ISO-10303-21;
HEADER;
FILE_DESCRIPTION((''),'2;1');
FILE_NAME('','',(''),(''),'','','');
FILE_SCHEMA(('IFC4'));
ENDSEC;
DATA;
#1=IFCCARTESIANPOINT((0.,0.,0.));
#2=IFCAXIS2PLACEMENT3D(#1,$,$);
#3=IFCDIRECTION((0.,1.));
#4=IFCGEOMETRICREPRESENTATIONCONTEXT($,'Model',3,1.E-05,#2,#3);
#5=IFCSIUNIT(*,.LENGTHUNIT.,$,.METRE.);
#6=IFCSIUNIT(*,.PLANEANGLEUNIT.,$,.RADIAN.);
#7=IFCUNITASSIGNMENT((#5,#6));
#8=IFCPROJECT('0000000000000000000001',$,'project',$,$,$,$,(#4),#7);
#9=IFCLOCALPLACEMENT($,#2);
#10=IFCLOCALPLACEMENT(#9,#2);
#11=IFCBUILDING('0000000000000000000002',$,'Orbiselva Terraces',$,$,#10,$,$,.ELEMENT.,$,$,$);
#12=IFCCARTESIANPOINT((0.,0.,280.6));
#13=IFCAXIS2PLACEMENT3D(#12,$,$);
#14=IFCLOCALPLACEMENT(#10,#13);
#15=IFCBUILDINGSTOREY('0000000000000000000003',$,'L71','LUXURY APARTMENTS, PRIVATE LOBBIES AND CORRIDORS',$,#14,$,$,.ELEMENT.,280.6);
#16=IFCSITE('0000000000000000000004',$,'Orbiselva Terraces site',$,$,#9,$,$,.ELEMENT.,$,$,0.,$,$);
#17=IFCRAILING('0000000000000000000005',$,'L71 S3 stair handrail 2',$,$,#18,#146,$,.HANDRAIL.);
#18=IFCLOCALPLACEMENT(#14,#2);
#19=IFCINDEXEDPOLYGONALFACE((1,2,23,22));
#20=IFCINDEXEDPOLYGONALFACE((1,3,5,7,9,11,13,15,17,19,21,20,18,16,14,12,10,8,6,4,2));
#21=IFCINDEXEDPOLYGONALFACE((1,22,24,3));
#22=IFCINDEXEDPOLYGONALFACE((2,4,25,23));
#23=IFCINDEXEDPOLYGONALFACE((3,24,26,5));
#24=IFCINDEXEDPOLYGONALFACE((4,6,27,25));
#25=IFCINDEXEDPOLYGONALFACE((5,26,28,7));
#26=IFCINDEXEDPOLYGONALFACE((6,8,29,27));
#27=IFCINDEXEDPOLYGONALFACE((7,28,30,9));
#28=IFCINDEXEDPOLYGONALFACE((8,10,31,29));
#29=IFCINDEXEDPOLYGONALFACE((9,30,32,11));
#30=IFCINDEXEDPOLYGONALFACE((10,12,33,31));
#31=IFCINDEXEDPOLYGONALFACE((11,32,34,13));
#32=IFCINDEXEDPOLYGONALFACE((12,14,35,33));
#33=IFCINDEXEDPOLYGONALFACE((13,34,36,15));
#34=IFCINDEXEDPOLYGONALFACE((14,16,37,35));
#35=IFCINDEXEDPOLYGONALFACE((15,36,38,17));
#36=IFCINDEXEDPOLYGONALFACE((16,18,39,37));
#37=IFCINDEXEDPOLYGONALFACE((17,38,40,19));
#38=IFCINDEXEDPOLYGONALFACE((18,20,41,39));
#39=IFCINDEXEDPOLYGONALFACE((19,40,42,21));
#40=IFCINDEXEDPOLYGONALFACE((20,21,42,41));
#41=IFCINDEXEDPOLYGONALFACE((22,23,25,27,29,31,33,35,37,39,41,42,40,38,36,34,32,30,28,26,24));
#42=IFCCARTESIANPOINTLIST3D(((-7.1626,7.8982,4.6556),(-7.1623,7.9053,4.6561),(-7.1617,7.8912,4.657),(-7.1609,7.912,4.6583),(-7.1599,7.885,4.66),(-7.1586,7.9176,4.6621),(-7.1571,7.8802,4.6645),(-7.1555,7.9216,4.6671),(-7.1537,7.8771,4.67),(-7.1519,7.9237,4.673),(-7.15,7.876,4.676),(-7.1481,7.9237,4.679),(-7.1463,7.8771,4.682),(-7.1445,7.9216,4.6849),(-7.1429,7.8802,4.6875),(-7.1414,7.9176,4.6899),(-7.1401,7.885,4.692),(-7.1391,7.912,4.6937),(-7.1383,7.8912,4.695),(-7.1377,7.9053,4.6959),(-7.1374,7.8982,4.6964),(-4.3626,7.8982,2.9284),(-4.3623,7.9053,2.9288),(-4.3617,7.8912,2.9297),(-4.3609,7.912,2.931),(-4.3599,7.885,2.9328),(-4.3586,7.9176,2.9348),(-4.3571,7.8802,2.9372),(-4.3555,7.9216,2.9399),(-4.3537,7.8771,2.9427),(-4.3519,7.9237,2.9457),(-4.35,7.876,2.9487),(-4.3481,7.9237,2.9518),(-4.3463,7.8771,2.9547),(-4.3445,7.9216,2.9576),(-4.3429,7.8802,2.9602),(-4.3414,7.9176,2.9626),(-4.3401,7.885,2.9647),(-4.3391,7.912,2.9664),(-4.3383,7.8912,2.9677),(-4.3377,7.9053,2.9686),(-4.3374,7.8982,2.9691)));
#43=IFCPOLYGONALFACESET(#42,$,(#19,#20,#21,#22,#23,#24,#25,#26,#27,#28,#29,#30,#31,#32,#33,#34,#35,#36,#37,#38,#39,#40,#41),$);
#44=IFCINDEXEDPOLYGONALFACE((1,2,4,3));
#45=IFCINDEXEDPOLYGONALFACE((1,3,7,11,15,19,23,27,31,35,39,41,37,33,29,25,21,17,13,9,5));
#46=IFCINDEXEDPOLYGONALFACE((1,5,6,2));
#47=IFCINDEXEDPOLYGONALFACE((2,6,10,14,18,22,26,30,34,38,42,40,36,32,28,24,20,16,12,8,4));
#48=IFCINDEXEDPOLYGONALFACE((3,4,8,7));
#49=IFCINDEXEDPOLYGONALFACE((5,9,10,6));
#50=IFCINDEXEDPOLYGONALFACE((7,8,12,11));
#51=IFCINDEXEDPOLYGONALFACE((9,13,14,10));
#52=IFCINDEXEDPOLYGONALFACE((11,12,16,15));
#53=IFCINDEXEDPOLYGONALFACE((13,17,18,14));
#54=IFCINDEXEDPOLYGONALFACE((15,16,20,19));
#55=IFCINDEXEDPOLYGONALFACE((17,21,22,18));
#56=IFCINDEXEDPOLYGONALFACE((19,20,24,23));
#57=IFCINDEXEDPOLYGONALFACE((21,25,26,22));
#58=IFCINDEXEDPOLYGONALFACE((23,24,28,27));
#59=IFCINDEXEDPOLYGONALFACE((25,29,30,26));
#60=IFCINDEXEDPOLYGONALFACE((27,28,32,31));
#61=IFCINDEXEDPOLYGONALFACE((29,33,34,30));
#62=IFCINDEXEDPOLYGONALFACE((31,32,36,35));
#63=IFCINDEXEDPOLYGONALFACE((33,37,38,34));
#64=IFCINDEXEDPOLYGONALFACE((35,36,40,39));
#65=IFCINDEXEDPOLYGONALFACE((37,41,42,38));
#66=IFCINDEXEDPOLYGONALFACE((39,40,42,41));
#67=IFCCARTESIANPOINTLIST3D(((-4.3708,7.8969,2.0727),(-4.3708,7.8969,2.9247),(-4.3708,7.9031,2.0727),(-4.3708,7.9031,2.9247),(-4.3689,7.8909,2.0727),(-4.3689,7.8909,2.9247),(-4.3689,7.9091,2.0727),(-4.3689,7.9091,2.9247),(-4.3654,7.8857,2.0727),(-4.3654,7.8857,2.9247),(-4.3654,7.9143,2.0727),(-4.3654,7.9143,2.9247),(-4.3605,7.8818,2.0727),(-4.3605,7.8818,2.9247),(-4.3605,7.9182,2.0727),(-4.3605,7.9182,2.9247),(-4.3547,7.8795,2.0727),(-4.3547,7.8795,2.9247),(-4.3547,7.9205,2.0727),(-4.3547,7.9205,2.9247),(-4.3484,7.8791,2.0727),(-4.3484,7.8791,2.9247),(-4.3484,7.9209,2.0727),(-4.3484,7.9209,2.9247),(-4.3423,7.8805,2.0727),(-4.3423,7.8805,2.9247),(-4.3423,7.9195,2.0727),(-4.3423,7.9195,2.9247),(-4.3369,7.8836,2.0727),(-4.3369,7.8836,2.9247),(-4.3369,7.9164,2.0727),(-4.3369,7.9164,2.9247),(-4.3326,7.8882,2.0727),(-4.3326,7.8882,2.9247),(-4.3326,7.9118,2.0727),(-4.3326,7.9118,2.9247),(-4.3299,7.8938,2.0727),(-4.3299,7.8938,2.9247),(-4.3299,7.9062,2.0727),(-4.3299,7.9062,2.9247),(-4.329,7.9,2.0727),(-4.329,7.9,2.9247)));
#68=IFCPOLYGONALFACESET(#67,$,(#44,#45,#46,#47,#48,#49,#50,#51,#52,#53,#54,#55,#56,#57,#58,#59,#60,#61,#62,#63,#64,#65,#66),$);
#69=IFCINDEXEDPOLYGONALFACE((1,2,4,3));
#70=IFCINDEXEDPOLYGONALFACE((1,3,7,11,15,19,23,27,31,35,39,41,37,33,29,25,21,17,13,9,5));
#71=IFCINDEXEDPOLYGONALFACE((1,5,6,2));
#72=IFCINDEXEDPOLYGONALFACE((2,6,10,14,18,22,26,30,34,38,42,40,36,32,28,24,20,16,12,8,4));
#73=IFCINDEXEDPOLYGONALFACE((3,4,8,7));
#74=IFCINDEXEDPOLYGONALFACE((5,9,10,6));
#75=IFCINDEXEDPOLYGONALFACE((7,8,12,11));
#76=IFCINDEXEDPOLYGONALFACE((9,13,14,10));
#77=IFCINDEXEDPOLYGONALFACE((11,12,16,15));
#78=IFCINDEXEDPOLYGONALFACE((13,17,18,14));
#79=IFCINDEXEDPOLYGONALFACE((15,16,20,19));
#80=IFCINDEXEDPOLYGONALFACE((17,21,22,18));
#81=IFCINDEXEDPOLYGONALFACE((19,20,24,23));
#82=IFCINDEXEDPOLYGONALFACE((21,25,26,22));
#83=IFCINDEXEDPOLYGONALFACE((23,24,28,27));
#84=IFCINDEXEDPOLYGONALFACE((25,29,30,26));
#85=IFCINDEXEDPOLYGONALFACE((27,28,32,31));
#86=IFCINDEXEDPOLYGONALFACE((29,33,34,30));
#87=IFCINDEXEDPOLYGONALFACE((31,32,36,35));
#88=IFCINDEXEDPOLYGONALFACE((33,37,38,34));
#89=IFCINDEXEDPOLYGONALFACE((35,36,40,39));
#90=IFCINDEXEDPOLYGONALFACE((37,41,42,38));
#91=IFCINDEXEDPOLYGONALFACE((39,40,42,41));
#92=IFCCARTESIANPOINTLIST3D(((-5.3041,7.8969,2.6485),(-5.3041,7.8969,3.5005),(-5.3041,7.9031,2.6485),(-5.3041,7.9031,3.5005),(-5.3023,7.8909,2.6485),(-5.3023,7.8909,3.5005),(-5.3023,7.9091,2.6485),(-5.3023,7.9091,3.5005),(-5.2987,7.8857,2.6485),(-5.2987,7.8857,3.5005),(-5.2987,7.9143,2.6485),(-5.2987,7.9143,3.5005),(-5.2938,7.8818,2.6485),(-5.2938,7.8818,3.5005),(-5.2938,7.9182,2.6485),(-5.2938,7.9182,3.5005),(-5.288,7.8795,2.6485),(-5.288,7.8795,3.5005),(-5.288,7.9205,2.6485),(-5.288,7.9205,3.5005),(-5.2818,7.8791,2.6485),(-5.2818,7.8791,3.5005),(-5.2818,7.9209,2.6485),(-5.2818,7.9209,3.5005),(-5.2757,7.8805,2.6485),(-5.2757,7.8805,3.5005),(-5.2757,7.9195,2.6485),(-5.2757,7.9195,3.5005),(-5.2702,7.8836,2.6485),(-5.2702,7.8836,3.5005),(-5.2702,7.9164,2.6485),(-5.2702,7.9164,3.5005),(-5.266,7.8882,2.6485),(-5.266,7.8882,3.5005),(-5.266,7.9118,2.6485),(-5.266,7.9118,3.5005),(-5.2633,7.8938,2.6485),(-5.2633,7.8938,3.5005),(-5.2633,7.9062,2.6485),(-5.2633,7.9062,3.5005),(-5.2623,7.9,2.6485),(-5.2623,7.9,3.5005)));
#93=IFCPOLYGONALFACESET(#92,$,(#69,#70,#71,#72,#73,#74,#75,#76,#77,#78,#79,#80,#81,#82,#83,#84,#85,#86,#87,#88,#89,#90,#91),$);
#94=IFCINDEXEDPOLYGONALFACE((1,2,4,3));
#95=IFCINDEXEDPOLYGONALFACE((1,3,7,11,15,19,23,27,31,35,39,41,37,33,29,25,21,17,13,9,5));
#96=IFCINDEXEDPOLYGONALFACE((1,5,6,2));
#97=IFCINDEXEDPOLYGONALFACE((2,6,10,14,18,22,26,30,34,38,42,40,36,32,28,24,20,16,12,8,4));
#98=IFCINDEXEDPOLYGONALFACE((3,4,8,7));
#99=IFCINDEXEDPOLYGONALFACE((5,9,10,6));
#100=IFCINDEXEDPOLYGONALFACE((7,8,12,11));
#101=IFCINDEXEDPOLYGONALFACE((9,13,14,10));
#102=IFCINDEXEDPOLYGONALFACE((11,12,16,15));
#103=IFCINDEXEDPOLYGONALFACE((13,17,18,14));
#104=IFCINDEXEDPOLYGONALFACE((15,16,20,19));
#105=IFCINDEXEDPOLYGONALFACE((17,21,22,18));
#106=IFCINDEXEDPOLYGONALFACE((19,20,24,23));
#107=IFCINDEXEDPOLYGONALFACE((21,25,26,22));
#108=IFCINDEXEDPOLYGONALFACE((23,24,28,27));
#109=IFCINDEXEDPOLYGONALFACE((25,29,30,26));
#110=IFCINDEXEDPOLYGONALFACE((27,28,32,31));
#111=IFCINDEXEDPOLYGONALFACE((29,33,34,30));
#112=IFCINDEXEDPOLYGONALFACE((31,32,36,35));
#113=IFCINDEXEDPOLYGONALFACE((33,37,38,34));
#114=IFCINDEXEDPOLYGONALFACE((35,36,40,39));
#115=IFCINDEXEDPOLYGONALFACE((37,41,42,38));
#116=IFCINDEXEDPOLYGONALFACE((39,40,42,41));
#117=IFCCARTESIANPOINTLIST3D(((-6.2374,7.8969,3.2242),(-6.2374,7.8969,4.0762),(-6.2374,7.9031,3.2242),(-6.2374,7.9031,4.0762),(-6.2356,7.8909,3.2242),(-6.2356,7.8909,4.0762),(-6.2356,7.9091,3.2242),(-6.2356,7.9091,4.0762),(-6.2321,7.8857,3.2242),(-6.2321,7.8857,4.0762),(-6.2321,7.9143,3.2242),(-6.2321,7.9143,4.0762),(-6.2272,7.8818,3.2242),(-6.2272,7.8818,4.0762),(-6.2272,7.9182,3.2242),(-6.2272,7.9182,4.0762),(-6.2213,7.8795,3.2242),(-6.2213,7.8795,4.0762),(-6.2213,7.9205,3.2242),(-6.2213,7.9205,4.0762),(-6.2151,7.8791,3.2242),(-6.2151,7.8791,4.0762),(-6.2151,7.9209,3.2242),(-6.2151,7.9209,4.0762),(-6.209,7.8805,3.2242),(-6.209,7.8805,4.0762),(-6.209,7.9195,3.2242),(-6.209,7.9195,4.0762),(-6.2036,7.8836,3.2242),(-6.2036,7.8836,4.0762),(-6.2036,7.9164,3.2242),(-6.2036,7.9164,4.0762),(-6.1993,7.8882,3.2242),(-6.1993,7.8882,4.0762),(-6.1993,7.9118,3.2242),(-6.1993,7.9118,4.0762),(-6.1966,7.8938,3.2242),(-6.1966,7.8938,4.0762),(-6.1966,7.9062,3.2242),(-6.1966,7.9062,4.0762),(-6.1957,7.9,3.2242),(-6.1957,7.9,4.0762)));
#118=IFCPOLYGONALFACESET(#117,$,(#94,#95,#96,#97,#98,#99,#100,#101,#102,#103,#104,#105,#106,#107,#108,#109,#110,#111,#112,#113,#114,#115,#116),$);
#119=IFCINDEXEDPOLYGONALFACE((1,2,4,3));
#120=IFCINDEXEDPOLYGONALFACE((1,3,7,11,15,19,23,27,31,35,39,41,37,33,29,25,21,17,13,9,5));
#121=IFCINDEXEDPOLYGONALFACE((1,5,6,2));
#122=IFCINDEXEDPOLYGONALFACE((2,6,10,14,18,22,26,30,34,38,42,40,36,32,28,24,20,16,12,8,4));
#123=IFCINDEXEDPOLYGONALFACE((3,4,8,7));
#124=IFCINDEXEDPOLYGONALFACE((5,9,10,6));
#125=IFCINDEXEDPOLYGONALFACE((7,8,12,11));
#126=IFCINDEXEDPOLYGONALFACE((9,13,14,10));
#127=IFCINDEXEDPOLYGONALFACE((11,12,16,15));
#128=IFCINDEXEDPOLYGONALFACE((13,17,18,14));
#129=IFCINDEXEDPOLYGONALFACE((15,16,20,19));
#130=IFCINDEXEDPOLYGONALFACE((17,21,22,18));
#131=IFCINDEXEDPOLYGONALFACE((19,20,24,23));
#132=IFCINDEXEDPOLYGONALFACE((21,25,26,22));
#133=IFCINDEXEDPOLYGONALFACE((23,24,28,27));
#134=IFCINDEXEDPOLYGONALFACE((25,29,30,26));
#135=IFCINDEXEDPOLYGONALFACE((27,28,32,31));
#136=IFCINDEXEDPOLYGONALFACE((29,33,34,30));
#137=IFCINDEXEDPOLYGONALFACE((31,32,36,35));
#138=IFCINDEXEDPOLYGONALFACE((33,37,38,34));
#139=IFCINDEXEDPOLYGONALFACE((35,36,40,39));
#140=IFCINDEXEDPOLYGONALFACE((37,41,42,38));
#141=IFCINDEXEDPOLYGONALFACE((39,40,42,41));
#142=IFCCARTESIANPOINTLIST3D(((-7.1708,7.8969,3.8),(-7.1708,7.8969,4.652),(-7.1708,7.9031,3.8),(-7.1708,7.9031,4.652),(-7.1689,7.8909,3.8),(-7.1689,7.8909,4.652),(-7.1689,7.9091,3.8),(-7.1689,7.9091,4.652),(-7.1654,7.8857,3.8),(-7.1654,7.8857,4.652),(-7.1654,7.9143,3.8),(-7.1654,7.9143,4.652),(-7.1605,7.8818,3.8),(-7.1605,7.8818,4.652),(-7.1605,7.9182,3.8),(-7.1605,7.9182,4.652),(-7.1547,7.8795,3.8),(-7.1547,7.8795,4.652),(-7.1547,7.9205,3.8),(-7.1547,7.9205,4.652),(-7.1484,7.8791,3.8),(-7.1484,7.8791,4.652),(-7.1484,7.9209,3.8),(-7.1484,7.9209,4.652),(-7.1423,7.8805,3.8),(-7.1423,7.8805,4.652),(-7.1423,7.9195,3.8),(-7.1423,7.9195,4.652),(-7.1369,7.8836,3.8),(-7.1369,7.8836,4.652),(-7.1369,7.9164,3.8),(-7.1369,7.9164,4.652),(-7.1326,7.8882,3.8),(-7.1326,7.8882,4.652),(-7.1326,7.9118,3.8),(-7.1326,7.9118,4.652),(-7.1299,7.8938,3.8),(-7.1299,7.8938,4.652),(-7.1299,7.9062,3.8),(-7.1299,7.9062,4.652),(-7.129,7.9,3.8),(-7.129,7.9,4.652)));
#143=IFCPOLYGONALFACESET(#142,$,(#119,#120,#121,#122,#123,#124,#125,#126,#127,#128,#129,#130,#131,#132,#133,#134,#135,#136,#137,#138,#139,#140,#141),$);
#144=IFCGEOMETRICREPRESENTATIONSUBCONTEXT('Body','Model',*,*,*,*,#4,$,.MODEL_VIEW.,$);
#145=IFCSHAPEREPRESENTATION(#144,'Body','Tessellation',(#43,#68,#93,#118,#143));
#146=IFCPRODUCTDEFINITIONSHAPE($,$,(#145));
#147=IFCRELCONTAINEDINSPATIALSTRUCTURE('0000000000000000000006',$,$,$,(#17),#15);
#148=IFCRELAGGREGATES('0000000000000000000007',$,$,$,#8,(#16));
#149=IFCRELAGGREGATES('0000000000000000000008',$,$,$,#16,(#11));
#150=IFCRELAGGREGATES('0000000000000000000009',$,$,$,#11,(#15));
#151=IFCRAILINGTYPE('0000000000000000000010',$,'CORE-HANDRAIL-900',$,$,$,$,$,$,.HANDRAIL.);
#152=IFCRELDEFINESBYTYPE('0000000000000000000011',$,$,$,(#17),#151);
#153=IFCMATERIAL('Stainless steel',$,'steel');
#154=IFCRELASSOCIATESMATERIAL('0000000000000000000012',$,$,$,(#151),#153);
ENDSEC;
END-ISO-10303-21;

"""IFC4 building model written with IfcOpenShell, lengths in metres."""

from ifc_helpers import new_model, si_unit, direction, frame, origin, origin_2d, place, context, subcontext, project, spatial, circle, extrude, material, type_object, element, save


model = new_model("IFC4")

# Units and contexts
model_context = context("Model", 3, precision=1e-05, world=origin(), true_north=direction((0.0, 1.0)))
body_context = subcontext(model_context, "Body", "Model", "MODEL_VIEW")
ifc_project = project(units=[si_unit("LENGTHUNIT", "METRE"), si_unit("PLANEANGLEUNIT", "RADIAN")], contexts=[model_context])

# Site, building, storey
site_placement = place(None, origin())
site = spatial("IfcSite", under=ifc_project, at=site_placement, Name="Orbiselva Terraces site", CompositionType="ELEMENT", RefElevation=0.0)
building_placement = place(site_placement, origin())
building = spatial("IfcBuilding", under=site, at=building_placement, Name="Orbiselva Terraces", CompositionType="ELEMENT")
storey_placement = place(building_placement, frame((0.0, 0.0, 280.6)))
storey = spatial("IfcBuildingStorey", under=building, at=storey_placement, Name="L71", Description="LUXURY APARTMENTS, PRIVATE LOBBIES AND CORRIDORS", CompositionType="ELEMENT", Elevation=280.6)

# Railing
ifc_material_1 = material(Name="Stainless steel", Category="steel")
railing_type_1 = type_object("IfcRailingType", Name="CORE-HANDRAIL-900", PredefinedType="HANDRAIL", material=ifc_material_1)
railing_1_placement = place(storey_placement, frame((-4.35, 7.9, 2.0727)))
element("IfcRailing", 1, at=railing_1_placement, inside=storey, type_object=railing_type_1, Name="L71 S3 stair handrail 2", PredefinedType="HANDRAIL", context=body_context, shape_type="SweptSolid", body=[
    extrude(circle(Radius=0.024, at=origin_2d()), frame((0.0, 0.0, 0.876), z_axis=(-0.851089, 0.0, 0.525022), x_axis=(0.0, -1.0, 0.0)), (0.0, 0.0, 1.0), 3.2899),
    extrude(circle(Radius=0.021, at=origin_2d()), origin(), (0.0, 0.0, 1.0), 0.852),
    extrude(circle(Radius=0.021, at=origin_2d()), frame((-0.9333, 0.0, 0.5758)), (0.0, 0.0, 1.0), 0.852),
    extrude(circle(Radius=0.021, at=origin_2d()), frame((-1.8667, 0.0, 1.1515)), (0.0, 0.0, 1.0), 0.852),
    extrude(circle(Radius=0.021, at=origin_2d()), frame((-2.8, 0.0, 1.7273)), (0.0, 0.0, 1.0), 0.852),
])

save(model, "model.ifc")
